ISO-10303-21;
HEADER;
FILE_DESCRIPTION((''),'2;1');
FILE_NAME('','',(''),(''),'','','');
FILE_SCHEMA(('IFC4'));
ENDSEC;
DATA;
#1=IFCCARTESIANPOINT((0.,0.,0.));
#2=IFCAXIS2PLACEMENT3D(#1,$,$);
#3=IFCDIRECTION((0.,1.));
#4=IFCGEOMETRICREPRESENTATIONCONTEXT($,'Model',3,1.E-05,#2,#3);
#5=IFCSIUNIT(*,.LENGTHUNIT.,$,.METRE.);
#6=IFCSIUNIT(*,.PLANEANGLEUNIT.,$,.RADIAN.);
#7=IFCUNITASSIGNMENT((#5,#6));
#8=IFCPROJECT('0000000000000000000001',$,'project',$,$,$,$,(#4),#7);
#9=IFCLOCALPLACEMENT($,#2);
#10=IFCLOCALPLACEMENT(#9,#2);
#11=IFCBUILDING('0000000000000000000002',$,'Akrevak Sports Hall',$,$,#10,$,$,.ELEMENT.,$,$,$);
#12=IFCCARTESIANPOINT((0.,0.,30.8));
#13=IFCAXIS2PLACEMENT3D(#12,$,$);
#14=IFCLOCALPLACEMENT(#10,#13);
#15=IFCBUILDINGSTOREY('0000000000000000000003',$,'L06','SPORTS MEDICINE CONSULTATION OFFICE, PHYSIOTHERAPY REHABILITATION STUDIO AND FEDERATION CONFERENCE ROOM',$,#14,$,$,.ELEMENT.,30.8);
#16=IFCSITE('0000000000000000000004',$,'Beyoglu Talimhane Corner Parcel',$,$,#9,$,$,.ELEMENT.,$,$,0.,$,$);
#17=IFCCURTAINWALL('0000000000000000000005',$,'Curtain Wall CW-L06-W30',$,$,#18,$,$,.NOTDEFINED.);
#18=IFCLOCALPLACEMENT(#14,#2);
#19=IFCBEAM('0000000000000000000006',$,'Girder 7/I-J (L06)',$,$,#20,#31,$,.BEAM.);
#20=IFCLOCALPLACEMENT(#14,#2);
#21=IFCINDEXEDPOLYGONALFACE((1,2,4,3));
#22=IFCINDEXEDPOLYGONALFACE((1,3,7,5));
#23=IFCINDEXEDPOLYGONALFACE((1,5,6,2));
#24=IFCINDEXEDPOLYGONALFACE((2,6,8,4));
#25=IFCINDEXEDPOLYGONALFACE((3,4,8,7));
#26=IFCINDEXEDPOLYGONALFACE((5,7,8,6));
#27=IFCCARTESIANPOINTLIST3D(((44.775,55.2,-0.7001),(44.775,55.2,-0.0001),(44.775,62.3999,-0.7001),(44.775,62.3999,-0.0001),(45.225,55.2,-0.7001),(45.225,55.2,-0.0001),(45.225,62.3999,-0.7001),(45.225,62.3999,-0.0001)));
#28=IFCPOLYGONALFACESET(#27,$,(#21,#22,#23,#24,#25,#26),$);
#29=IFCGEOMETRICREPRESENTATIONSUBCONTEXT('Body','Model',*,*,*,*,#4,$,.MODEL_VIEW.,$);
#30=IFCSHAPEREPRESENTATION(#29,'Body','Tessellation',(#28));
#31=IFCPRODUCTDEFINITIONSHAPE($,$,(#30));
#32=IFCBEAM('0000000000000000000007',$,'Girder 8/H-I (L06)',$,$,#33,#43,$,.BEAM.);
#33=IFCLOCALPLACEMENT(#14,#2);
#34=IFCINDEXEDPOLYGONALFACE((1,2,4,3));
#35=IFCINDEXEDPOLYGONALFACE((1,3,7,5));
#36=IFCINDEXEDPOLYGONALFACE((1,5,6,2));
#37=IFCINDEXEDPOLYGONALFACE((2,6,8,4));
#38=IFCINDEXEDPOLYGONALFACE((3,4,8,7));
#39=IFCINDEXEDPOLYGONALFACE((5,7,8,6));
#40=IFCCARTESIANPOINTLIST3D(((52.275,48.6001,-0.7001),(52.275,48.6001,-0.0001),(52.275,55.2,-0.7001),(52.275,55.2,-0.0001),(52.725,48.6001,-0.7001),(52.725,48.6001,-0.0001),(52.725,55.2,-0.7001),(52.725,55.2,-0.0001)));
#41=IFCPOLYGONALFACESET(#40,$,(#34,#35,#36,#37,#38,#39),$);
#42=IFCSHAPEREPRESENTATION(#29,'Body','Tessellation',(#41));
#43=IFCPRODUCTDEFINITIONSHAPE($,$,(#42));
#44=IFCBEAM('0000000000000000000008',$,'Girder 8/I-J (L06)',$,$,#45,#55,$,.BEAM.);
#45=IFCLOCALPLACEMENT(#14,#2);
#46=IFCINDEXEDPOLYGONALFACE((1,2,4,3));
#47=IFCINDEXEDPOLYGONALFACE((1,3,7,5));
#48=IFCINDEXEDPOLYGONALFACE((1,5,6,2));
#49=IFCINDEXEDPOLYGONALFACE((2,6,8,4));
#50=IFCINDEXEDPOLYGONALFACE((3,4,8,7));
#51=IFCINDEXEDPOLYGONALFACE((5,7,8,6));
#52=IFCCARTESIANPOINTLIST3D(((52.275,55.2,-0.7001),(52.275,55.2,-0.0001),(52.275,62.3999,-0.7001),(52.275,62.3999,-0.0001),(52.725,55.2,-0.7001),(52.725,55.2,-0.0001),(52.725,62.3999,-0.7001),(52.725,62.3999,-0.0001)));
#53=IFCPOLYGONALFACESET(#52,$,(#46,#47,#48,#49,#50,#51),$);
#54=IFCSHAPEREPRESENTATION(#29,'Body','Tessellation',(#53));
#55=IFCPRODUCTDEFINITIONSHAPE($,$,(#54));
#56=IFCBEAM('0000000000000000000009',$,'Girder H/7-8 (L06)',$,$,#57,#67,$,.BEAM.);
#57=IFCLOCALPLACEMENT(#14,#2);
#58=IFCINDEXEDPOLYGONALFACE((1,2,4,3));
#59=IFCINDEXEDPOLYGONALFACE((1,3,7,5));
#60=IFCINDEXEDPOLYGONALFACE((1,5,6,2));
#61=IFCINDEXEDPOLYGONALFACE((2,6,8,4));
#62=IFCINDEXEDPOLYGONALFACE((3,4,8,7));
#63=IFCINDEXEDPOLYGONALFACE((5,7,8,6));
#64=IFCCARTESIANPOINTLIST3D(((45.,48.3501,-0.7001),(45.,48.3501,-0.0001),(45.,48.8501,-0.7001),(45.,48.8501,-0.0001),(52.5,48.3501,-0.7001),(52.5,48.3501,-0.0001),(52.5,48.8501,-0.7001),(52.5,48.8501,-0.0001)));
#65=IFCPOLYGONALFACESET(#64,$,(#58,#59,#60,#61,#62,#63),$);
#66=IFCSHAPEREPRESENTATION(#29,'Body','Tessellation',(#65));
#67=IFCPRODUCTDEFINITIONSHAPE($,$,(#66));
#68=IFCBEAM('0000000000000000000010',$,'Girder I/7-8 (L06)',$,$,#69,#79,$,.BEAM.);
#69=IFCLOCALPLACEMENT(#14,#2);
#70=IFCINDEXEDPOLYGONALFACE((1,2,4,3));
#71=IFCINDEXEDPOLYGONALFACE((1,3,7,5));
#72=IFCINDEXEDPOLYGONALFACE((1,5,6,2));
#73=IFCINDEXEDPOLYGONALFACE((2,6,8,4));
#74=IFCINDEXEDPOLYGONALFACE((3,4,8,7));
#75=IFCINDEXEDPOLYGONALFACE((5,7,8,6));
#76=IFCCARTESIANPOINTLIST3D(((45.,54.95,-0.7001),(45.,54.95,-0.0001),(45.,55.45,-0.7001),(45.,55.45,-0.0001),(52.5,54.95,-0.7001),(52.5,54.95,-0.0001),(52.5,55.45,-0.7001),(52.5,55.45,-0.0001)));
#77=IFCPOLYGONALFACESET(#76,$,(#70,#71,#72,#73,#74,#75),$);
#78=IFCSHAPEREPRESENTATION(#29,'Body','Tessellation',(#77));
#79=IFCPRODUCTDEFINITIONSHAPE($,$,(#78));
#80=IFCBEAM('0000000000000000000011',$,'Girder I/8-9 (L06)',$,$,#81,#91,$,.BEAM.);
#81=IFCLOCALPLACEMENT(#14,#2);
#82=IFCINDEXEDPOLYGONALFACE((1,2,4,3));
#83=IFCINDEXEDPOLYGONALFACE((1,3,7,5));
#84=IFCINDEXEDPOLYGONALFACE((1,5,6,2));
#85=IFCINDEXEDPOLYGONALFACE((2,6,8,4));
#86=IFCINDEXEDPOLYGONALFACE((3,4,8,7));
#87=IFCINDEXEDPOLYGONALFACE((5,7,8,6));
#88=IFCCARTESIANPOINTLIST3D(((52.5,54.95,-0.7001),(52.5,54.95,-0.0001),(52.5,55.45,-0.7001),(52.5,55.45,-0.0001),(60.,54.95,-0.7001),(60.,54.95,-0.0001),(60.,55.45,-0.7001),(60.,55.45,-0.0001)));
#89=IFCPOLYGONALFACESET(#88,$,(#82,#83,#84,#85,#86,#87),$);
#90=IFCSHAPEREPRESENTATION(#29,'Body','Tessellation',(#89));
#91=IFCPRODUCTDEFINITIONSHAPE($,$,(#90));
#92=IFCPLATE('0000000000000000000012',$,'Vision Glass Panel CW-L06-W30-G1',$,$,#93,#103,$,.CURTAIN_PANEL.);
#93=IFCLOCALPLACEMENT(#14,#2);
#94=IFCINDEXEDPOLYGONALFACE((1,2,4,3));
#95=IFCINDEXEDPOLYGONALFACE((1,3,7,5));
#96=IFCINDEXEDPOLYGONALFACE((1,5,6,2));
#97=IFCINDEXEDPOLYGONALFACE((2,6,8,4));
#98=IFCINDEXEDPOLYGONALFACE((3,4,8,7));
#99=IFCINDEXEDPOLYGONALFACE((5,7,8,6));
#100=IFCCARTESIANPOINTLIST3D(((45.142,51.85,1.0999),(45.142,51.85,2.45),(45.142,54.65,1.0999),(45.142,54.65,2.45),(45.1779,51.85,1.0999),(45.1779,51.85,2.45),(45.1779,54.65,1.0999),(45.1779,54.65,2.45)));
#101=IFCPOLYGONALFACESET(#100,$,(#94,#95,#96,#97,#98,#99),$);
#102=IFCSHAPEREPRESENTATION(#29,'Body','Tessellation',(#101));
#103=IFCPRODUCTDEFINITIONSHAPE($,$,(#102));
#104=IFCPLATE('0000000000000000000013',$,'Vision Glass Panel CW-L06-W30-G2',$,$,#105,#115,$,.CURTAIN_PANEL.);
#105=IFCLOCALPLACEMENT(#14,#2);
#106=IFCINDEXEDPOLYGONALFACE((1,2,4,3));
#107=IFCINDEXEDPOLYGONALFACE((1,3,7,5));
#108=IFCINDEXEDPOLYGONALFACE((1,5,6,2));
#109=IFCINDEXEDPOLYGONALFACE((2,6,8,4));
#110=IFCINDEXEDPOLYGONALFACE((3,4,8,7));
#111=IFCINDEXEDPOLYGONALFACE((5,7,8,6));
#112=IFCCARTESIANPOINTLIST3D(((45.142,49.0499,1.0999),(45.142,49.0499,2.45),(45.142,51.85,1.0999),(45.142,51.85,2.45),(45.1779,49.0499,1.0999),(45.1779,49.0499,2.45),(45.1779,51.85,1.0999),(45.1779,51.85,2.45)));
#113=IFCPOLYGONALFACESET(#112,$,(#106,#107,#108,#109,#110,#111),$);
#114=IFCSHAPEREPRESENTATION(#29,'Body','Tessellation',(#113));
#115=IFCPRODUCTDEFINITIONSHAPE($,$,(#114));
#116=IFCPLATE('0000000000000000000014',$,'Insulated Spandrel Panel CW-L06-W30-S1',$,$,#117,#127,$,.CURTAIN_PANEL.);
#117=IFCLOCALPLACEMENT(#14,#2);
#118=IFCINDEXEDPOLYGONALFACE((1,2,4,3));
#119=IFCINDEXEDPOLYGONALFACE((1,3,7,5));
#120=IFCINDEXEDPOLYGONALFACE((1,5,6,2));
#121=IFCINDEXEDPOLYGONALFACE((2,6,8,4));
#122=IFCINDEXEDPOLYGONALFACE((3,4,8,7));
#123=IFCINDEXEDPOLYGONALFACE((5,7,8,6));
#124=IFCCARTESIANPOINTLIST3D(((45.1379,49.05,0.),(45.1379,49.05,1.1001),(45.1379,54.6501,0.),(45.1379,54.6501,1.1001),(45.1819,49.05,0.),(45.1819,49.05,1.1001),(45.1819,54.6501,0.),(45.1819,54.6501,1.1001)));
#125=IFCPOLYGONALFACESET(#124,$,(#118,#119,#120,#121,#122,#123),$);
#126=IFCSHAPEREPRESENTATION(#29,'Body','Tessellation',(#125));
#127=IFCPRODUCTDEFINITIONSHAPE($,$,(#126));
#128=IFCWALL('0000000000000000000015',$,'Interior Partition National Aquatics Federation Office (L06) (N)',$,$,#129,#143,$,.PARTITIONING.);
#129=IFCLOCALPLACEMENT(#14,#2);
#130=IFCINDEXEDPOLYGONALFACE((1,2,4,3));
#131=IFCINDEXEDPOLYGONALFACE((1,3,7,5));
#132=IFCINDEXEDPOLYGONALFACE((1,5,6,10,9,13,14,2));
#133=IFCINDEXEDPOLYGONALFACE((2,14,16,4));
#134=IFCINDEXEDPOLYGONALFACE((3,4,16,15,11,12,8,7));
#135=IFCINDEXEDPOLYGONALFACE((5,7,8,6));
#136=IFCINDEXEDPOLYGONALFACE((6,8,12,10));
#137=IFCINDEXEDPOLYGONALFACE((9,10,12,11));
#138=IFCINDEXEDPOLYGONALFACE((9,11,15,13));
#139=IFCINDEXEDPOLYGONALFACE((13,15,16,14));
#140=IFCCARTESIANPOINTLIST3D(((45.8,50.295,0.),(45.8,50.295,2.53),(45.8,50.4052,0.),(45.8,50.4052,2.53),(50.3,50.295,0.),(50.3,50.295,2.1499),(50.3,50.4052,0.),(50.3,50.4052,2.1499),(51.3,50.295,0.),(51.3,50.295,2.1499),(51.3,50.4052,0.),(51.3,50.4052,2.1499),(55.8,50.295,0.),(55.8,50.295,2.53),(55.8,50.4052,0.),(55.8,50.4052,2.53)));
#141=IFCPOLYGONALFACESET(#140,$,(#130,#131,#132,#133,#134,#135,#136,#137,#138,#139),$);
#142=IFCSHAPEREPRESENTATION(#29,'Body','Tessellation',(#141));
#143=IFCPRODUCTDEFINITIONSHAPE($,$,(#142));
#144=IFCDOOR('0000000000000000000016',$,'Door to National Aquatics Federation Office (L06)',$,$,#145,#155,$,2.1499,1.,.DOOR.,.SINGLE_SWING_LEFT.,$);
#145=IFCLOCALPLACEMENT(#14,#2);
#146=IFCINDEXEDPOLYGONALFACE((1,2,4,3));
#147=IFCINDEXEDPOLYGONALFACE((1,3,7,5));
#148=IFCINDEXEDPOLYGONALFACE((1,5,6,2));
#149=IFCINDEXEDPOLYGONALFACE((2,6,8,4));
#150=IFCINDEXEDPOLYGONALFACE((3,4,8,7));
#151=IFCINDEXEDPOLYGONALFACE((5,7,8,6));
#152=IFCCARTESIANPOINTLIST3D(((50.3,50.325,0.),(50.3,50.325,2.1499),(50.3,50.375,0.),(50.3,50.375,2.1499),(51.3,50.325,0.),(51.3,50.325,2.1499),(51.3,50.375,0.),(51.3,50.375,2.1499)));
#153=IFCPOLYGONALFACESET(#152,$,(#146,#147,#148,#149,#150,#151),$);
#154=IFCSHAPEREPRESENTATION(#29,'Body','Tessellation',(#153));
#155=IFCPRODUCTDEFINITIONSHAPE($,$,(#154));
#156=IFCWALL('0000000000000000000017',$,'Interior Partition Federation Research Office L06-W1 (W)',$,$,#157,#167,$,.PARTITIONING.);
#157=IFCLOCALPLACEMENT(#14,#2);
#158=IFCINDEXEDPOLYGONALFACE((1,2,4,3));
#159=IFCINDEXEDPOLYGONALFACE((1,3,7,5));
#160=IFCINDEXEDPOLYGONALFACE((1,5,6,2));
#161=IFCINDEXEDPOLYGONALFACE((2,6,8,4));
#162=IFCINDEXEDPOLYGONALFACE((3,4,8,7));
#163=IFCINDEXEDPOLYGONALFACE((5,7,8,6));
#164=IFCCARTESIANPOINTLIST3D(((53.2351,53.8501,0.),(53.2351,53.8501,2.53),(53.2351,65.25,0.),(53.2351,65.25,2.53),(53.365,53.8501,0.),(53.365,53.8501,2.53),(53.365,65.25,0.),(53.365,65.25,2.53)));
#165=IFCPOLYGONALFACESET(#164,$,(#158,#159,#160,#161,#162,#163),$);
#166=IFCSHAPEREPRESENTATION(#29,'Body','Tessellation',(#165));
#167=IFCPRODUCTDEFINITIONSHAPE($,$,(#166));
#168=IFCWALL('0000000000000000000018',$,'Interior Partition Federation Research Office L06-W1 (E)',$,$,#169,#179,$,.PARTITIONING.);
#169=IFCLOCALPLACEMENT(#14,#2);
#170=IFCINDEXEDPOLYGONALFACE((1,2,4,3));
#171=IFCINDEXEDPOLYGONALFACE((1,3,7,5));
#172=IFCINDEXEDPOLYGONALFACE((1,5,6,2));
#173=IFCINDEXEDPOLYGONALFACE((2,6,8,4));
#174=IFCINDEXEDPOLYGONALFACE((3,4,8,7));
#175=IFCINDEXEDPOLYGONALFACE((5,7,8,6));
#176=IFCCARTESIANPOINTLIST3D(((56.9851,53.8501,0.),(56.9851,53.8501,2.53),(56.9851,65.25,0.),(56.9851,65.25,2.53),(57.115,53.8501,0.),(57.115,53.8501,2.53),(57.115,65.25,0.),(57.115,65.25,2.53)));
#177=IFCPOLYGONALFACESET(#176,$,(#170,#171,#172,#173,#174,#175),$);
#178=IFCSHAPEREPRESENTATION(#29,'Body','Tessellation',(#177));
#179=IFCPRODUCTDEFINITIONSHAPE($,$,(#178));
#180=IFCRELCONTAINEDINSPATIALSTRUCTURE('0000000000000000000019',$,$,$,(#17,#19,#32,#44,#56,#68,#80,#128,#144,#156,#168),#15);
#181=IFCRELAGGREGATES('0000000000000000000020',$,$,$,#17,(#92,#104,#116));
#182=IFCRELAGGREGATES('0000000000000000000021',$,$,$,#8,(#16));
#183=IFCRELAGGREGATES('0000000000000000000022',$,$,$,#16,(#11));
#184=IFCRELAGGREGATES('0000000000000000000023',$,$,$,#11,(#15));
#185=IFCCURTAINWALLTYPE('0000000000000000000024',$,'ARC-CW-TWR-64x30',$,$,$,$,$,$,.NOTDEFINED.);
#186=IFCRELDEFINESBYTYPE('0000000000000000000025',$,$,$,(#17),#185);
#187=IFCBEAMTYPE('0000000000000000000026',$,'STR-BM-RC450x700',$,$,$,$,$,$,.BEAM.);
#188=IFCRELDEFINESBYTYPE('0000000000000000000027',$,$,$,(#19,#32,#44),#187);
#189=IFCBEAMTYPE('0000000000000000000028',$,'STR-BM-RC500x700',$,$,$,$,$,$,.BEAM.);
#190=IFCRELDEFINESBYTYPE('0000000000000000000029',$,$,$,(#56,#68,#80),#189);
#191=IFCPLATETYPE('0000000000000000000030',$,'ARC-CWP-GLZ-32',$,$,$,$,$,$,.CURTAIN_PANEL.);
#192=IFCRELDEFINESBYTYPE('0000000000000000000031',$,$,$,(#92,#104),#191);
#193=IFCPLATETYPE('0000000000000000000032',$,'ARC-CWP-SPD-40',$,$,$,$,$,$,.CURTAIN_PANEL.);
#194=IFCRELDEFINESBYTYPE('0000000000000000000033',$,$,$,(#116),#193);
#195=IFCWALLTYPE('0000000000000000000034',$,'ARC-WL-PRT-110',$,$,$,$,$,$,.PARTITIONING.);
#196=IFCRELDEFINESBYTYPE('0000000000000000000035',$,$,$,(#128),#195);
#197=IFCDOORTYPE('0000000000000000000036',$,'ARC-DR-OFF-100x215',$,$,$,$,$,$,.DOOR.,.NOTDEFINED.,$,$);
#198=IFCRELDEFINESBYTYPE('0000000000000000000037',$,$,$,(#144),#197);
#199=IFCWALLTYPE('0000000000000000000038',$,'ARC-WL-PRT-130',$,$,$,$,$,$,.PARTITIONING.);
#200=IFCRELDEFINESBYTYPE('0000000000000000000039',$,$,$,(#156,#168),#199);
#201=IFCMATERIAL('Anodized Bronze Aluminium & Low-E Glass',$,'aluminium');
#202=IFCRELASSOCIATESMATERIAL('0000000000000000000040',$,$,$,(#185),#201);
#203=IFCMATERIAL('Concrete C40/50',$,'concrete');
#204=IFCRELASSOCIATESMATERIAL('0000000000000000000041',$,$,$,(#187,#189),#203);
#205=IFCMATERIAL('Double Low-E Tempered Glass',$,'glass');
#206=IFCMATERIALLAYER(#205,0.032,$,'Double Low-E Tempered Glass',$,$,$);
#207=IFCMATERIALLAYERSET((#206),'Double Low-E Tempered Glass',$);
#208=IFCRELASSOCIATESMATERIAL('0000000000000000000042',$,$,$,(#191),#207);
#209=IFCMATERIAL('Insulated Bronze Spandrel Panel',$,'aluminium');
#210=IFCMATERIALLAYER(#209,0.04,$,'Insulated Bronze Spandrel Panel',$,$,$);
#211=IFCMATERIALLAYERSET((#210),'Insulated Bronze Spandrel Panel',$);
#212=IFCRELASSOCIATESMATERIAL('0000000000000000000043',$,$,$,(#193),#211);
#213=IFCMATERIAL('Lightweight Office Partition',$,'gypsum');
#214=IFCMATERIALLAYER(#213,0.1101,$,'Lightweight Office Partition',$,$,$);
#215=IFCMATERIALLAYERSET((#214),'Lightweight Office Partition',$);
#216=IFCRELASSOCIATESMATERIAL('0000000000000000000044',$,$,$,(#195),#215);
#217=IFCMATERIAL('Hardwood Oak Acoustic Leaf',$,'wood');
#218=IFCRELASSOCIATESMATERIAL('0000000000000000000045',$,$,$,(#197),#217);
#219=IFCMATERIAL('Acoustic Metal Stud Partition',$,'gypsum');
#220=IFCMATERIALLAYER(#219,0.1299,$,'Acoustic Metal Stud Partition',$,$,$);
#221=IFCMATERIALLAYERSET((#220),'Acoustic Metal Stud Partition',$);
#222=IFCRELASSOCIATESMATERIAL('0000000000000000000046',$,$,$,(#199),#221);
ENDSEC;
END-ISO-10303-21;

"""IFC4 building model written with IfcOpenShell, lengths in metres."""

from ifc_helpers import new_model, si_unit, direction, frame, frame_2d, origin, origin_2d, place, context, subcontext, project, spatial, rectangle, extrude, material, layer, layer_set, material_profile, profile_set, type_object, element, fill, aggregate, save


model = new_model("IFC4")

# Units and contexts
model_context = context("Model", 3, precision=1e-05, world=origin(), true_north=direction((0.0, 1.0)))
body_context = subcontext(model_context, "Body", "Model", "MODEL_VIEW")
ifc_project = project(units=[si_unit("LENGTHUNIT", "METRE"), si_unit("PLANEANGLEUNIT", "RADIAN")], contexts=[model_context])

# Site, building, storey
site_placement = place(None, origin())
site = spatial("IfcSite", under=ifc_project, at=site_placement, Name="Beyoglu Talimhane Corner Parcel", CompositionType="ELEMENT", RefElevation=0.0)
building_placement = place(site_placement, origin())
building = spatial("IfcBuilding", under=site, at=building_placement, Name="Akrevak Sports Hall", CompositionType="ELEMENT")
storey_placement = place(building_placement, frame((0.0, 0.0, 30.8)))
storey = spatial("IfcBuildingStorey", under=building, at=storey_placement, Name="L06", Description="SPORTS MEDICINE CONSULTATION OFFICE, PHYSIOTHERAPY REHABILITATION STUDIO AND FEDERATION CONFERENCE ROOM", CompositionType="ELEMENT", Elevation=30.8)

# Shared definitions
ifc_material_1 = material(Name="Concrete C40/50", Category="concrete")

# Curtain wall
ifc_material_2 = material(Name="Anodized Bronze Aluminium & Low-E Glass", Category="aluminium")
curtain_wall_type = type_object("IfcCurtainWallType", Name="ARC-CW-TWR-64x30", PredefinedType="NOTDEFINED", material=ifc_material_2)
curtain_wall_1_placement = place(storey_placement, origin())
curtain_wall_1 = element("IfcCurtainWall", 1, at=curtain_wall_1_placement, inside=storey, type_object=curtain_wall_type, Name="Curtain Wall CW-L06-W30", PredefinedType="NOTDEFINED")

# Beams
ifc_material_profile_1 = material_profile(ifc_material_1, rectangle(XDim=0.45, YDim=0.7, at=origin_2d()), Name="BM 450x700", Category="concrete")
ifc_profile_set_1 = profile_set([ifc_material_profile_1], Name="Concrete C40/50")
beam_type_1 = type_object("IfcBeamType", Name="STR-BM-RC450x700", PredefinedType="BEAM", material=ifc_profile_set_1)
beam_1_placement = place(storey_placement, frame((45.0, 55.2, -0.3501), z_axis=(0.0, 1.0, 0.0), x_axis=(-1.0, 0.0, 0.0)))
element("IfcBeam", 2, at=beam_1_placement, inside=storey, type_object=beam_type_1, Name="Girder 7/I-J (L06)", PredefinedType="BEAM", context=body_context, shape_type="SweptSolid", body=[
    extrude(rectangle(XDim=0.45, YDim=0.7, at=origin_2d()), origin(), (0.0, 0.0, 1.0), 7.2),
])
beam_2_placement = place(storey_placement, frame((52.5, 48.6001, -0.3501), z_axis=(0.0, 1.0, 0.0), x_axis=(-1.0, 0.0, 0.0)))
element("IfcBeam", 3, at=beam_2_placement, inside=storey, type_object=beam_type_1, Name="Girder 8/H-I (L06)", PredefinedType="BEAM", context=body_context, shape_type="SweptSolid", body=[
    extrude(rectangle(XDim=0.45, YDim=0.7, at=origin_2d()), origin(), (0.0, 0.0, 1.0), 6.5999),
])
beam_3_placement = place(storey_placement, frame((52.5, 55.2, -0.3501), z_axis=(0.0, 1.0, 0.0), x_axis=(-1.0, 0.0, 0.0)))
element("IfcBeam", 4, at=beam_3_placement, inside=storey, type_object=beam_type_1, Name="Girder 8/I-J (L06)", PredefinedType="BEAM", context=body_context, shape_type="SweptSolid", body=[
    extrude(rectangle(XDim=0.45, YDim=0.7, at=origin_2d()), origin(), (0.0, 0.0, 1.0), 7.2),
])
ifc_material_profile_2 = material_profile(ifc_material_1, rectangle(XDim=0.5, YDim=0.7, at=origin_2d()), Name="BM 500x700", Category="concrete")
ifc_profile_set_2 = profile_set([ifc_material_profile_2], Name="Concrete C40/50")
beam_type_2 = type_object("IfcBeamType", Name="STR-BM-RC500x700", PredefinedType="BEAM", material=ifc_profile_set_2)
for number, where, z_axis, x_axis, name in (
    (5, (45.0, 48.6001, -0.3501), (1.0, 0.0, 0.0), (0.0, 1.0, 0.0), "Girder H/7-8 (L06)"),
    (6, (45.0, 55.2, -0.3501), (1.0, 0.0, 0.0), (0.0, 1.0, 0.0), "Girder I/7-8 (L06)"),
    (7, (52.5, 55.2, -0.3501), (1.0, 0.0, 0.0), (0.0, 1.0, 0.0), "Girder I/8-9 (L06)"),
):
    element("IfcBeam", number, at=place(storey_placement, frame(where, z_axis=z_axis, x_axis=x_axis)), inside=storey, type_object=beam_type_2, Name=name, PredefinedType="BEAM", context=body_context, shape_type="SweptSolid", body=[
        extrude(rectangle(XDim=0.5, YDim=0.7, at=origin_2d()), origin(), (0.0, 0.0, 1.0), 7.5),
    ])

# Plates
ifc_material_3 = material(Name="Double Low-E Tempered Glass", Category="glass")
ifc_layer_1 = layer(ifc_material_3, 0.032, Name="Double Low-E Tempered Glass")
ifc_layer_set_1 = layer_set([ifc_layer_1], Name="Double Low-E Tempered Glass")
plate_type_1 = type_object("IfcPlateType", Name="ARC-CWP-GLZ-32", PredefinedType="CURTAIN_PANEL", material=ifc_layer_set_1)
plate_1_placement = place(storey_placement, frame((45.1599, 53.25, 1.0999), z_axis=(0.0, 0.0, 1.0), x_axis=(0.0, -1.0, 0.0)))
plate_1 = element("IfcPlate", 8, at=plate_1_placement, type_object=plate_type_1, Name="Vision Glass Panel CW-L06-W30-G1", PredefinedType="CURTAIN_PANEL", context=body_context, shape_type="SweptSolid", body=[
    extrude(rectangle(XDim=2.8, YDim=0.0359, at=origin_2d()), origin(), (0.0, 0.0, 1.0), 1.3501),
])
plate_2_placement = place(storey_placement, frame((45.1599, 50.45, 1.0999), z_axis=(0.0, 0.0, 1.0), x_axis=(0.0, -1.0, 0.0)))
plate_2 = element("IfcPlate", 9, at=plate_2_placement, type_object=plate_type_1, Name="Vision Glass Panel CW-L06-W30-G2", PredefinedType="CURTAIN_PANEL", context=body_context, shape_type="SweptSolid", body=[
    extrude(rectangle(XDim=2.8, YDim=0.0359, at=origin_2d()), origin(), (0.0, 0.0, 1.0), 1.3501),
])
ifc_material_4 = material(Name="Insulated Bronze Spandrel Panel", Category="aluminium")
ifc_layer_2 = layer(ifc_material_4, 0.04, Name="Insulated Bronze Spandrel Panel")
ifc_layer_set_2 = layer_set([ifc_layer_2], Name="Insulated Bronze Spandrel Panel")
plate_type_2 = type_object("IfcPlateType", Name="ARC-CWP-SPD-40", PredefinedType="CURTAIN_PANEL", material=ifc_layer_set_2)
plate_3_placement = place(storey_placement, frame((45.1599, 51.8501, 0.0), z_axis=(0.0, 0.0, 1.0), x_axis=(0.0, -1.0, 0.0)))
plate_3 = element("IfcPlate", 10, at=plate_3_placement, type_object=plate_type_2, Name="Insulated Spandrel Panel CW-L06-W30-S1", PredefinedType="CURTAIN_PANEL", context=body_context, shape_type="SweptSolid", body=[
    extrude(rectangle(XDim=5.6001, YDim=0.0439, at=origin_2d()), origin(), (0.0, 0.0, 1.0), 1.1001),
])
aggregate(curtain_wall_1, [plate_1, plate_2, plate_3])

# Wall, opening, door
ifc_material_5 = material(Name="Lightweight Office Partition", Category="gypsum")
ifc_layer_3 = layer(ifc_material_5, 0.1101, Name="Lightweight Office Partition")
ifc_layer_set_3 = layer_set([ifc_layer_3], Name="Lightweight Office Partition")
wall_type_1 = type_object("IfcWallType", Name="ARC-WL-PRT-110", PredefinedType="PARTITIONING", material=ifc_layer_set_3)
wall_1_placement = place(storey_placement, frame((45.8, 50.3501, 0.0), z_axis=(0.0, 0.0, 1.0), x_axis=(1.0, 0.0, 0.0)))
wall_1 = element("IfcWall", 11, at=wall_1_placement, inside=storey, type_object=wall_type_1, Name="Interior Partition National Aquatics Federation Office (L06) (N)", PredefinedType="PARTITIONING", context=body_context, shape_type="SweptSolid", body=[
    extrude(rectangle(XDim=10.0, YDim=0.1101, at=frame_2d((5.0, 0.0))), origin(), (0.0, 0.0, 1.0), 2.53),
])
opening_1_placement = place(wall_1_placement, frame((4.5, 0.0, 0.0)))
opening_1 = element("IfcOpeningElement", 12, at=opening_1_placement, cuts=wall_1, PredefinedType="OPENING", context=body_context, shape_type="SweptSolid", body=[
    extrude(rectangle(XDim=1.0, YDim=2.1499, at=frame_2d((0.5, 1.075))), frame((0.0, 0.0669, 0.0), z_axis=(0.0, -1.0, 0.0), x_axis=(1.0, 0.0, 0.0)), (0.0, 0.0, 1.0), 0.134),
])
ifc_material_6 = material(Name="Hardwood Oak Acoustic Leaf", Category="wood")
door_type_1 = type_object("IfcDoorType", Name="ARC-DR-OFF-100x215", OperationType="NOTDEFINED", PredefinedType="DOOR", material=ifc_material_6)
door_1_placement = place(opening_1_placement, origin())
door_1 = element("IfcDoor", 13, at=door_1_placement, inside=storey, type_object=door_type_1, Name="Door to National Aquatics Federation Office (L06)", OperationType="SINGLE_SWING_LEFT", OverallHeight=2.1499, OverallWidth=1.0, PredefinedType="DOOR", context=body_context, shape_type="SweptSolid", body=[
    extrude(rectangle(XDim=1.0, YDim=2.1499, at=frame_2d((0.5, 1.075))), frame((0.0, 0.0249, 0.0), z_axis=(0.0, -1.0, 0.0), x_axis=(1.0, 0.0, 0.0)), (0.0, 0.0, 1.0), 0.05),
])
fill(opening_1, door_1)
ifc_material_7 = material(Name="Acoustic Metal Stud Partition", Category="gypsum")
ifc_layer_4 = layer(ifc_material_7, 0.1299, Name="Acoustic Metal Stud Partition")
ifc_layer_set_4 = layer_set([ifc_layer_4], Name="Acoustic Metal Stud Partition")
wall_type_2 = type_object("IfcWallType", Name="ARC-WL-PRT-130", PredefinedType="PARTITIONING", material=ifc_layer_set_4)

# Walls
for number, where, z_axis, x_axis, name in (
    (14, (53.3, 53.8501, 0.0), (0.0, 0.0, 1.0), (0.0, 1.0, 0.0), "Interior Partition Federation Research Office L06-W1 (W)"),
    (15, (57.05, 53.8501, 0.0), (0.0, 0.0, 1.0), (0.0, 1.0, 0.0), "Interior Partition Federation Research Office L06-W1 (E)"),
):
    element("IfcWall", number, at=place(storey_placement, frame(where, z_axis=z_axis, x_axis=x_axis)), inside=storey, type_object=wall_type_2, Name=name, PredefinedType="PARTITIONING", context=body_context, shape_type="SweptSolid", body=[
        extrude(rectangle(XDim=11.3999, YDim=0.1299, at=frame_2d((5.7, 0.0))), origin(), (0.0, 0.0, 1.0), 2.53),
    ])

save(model, "model.ifc")
